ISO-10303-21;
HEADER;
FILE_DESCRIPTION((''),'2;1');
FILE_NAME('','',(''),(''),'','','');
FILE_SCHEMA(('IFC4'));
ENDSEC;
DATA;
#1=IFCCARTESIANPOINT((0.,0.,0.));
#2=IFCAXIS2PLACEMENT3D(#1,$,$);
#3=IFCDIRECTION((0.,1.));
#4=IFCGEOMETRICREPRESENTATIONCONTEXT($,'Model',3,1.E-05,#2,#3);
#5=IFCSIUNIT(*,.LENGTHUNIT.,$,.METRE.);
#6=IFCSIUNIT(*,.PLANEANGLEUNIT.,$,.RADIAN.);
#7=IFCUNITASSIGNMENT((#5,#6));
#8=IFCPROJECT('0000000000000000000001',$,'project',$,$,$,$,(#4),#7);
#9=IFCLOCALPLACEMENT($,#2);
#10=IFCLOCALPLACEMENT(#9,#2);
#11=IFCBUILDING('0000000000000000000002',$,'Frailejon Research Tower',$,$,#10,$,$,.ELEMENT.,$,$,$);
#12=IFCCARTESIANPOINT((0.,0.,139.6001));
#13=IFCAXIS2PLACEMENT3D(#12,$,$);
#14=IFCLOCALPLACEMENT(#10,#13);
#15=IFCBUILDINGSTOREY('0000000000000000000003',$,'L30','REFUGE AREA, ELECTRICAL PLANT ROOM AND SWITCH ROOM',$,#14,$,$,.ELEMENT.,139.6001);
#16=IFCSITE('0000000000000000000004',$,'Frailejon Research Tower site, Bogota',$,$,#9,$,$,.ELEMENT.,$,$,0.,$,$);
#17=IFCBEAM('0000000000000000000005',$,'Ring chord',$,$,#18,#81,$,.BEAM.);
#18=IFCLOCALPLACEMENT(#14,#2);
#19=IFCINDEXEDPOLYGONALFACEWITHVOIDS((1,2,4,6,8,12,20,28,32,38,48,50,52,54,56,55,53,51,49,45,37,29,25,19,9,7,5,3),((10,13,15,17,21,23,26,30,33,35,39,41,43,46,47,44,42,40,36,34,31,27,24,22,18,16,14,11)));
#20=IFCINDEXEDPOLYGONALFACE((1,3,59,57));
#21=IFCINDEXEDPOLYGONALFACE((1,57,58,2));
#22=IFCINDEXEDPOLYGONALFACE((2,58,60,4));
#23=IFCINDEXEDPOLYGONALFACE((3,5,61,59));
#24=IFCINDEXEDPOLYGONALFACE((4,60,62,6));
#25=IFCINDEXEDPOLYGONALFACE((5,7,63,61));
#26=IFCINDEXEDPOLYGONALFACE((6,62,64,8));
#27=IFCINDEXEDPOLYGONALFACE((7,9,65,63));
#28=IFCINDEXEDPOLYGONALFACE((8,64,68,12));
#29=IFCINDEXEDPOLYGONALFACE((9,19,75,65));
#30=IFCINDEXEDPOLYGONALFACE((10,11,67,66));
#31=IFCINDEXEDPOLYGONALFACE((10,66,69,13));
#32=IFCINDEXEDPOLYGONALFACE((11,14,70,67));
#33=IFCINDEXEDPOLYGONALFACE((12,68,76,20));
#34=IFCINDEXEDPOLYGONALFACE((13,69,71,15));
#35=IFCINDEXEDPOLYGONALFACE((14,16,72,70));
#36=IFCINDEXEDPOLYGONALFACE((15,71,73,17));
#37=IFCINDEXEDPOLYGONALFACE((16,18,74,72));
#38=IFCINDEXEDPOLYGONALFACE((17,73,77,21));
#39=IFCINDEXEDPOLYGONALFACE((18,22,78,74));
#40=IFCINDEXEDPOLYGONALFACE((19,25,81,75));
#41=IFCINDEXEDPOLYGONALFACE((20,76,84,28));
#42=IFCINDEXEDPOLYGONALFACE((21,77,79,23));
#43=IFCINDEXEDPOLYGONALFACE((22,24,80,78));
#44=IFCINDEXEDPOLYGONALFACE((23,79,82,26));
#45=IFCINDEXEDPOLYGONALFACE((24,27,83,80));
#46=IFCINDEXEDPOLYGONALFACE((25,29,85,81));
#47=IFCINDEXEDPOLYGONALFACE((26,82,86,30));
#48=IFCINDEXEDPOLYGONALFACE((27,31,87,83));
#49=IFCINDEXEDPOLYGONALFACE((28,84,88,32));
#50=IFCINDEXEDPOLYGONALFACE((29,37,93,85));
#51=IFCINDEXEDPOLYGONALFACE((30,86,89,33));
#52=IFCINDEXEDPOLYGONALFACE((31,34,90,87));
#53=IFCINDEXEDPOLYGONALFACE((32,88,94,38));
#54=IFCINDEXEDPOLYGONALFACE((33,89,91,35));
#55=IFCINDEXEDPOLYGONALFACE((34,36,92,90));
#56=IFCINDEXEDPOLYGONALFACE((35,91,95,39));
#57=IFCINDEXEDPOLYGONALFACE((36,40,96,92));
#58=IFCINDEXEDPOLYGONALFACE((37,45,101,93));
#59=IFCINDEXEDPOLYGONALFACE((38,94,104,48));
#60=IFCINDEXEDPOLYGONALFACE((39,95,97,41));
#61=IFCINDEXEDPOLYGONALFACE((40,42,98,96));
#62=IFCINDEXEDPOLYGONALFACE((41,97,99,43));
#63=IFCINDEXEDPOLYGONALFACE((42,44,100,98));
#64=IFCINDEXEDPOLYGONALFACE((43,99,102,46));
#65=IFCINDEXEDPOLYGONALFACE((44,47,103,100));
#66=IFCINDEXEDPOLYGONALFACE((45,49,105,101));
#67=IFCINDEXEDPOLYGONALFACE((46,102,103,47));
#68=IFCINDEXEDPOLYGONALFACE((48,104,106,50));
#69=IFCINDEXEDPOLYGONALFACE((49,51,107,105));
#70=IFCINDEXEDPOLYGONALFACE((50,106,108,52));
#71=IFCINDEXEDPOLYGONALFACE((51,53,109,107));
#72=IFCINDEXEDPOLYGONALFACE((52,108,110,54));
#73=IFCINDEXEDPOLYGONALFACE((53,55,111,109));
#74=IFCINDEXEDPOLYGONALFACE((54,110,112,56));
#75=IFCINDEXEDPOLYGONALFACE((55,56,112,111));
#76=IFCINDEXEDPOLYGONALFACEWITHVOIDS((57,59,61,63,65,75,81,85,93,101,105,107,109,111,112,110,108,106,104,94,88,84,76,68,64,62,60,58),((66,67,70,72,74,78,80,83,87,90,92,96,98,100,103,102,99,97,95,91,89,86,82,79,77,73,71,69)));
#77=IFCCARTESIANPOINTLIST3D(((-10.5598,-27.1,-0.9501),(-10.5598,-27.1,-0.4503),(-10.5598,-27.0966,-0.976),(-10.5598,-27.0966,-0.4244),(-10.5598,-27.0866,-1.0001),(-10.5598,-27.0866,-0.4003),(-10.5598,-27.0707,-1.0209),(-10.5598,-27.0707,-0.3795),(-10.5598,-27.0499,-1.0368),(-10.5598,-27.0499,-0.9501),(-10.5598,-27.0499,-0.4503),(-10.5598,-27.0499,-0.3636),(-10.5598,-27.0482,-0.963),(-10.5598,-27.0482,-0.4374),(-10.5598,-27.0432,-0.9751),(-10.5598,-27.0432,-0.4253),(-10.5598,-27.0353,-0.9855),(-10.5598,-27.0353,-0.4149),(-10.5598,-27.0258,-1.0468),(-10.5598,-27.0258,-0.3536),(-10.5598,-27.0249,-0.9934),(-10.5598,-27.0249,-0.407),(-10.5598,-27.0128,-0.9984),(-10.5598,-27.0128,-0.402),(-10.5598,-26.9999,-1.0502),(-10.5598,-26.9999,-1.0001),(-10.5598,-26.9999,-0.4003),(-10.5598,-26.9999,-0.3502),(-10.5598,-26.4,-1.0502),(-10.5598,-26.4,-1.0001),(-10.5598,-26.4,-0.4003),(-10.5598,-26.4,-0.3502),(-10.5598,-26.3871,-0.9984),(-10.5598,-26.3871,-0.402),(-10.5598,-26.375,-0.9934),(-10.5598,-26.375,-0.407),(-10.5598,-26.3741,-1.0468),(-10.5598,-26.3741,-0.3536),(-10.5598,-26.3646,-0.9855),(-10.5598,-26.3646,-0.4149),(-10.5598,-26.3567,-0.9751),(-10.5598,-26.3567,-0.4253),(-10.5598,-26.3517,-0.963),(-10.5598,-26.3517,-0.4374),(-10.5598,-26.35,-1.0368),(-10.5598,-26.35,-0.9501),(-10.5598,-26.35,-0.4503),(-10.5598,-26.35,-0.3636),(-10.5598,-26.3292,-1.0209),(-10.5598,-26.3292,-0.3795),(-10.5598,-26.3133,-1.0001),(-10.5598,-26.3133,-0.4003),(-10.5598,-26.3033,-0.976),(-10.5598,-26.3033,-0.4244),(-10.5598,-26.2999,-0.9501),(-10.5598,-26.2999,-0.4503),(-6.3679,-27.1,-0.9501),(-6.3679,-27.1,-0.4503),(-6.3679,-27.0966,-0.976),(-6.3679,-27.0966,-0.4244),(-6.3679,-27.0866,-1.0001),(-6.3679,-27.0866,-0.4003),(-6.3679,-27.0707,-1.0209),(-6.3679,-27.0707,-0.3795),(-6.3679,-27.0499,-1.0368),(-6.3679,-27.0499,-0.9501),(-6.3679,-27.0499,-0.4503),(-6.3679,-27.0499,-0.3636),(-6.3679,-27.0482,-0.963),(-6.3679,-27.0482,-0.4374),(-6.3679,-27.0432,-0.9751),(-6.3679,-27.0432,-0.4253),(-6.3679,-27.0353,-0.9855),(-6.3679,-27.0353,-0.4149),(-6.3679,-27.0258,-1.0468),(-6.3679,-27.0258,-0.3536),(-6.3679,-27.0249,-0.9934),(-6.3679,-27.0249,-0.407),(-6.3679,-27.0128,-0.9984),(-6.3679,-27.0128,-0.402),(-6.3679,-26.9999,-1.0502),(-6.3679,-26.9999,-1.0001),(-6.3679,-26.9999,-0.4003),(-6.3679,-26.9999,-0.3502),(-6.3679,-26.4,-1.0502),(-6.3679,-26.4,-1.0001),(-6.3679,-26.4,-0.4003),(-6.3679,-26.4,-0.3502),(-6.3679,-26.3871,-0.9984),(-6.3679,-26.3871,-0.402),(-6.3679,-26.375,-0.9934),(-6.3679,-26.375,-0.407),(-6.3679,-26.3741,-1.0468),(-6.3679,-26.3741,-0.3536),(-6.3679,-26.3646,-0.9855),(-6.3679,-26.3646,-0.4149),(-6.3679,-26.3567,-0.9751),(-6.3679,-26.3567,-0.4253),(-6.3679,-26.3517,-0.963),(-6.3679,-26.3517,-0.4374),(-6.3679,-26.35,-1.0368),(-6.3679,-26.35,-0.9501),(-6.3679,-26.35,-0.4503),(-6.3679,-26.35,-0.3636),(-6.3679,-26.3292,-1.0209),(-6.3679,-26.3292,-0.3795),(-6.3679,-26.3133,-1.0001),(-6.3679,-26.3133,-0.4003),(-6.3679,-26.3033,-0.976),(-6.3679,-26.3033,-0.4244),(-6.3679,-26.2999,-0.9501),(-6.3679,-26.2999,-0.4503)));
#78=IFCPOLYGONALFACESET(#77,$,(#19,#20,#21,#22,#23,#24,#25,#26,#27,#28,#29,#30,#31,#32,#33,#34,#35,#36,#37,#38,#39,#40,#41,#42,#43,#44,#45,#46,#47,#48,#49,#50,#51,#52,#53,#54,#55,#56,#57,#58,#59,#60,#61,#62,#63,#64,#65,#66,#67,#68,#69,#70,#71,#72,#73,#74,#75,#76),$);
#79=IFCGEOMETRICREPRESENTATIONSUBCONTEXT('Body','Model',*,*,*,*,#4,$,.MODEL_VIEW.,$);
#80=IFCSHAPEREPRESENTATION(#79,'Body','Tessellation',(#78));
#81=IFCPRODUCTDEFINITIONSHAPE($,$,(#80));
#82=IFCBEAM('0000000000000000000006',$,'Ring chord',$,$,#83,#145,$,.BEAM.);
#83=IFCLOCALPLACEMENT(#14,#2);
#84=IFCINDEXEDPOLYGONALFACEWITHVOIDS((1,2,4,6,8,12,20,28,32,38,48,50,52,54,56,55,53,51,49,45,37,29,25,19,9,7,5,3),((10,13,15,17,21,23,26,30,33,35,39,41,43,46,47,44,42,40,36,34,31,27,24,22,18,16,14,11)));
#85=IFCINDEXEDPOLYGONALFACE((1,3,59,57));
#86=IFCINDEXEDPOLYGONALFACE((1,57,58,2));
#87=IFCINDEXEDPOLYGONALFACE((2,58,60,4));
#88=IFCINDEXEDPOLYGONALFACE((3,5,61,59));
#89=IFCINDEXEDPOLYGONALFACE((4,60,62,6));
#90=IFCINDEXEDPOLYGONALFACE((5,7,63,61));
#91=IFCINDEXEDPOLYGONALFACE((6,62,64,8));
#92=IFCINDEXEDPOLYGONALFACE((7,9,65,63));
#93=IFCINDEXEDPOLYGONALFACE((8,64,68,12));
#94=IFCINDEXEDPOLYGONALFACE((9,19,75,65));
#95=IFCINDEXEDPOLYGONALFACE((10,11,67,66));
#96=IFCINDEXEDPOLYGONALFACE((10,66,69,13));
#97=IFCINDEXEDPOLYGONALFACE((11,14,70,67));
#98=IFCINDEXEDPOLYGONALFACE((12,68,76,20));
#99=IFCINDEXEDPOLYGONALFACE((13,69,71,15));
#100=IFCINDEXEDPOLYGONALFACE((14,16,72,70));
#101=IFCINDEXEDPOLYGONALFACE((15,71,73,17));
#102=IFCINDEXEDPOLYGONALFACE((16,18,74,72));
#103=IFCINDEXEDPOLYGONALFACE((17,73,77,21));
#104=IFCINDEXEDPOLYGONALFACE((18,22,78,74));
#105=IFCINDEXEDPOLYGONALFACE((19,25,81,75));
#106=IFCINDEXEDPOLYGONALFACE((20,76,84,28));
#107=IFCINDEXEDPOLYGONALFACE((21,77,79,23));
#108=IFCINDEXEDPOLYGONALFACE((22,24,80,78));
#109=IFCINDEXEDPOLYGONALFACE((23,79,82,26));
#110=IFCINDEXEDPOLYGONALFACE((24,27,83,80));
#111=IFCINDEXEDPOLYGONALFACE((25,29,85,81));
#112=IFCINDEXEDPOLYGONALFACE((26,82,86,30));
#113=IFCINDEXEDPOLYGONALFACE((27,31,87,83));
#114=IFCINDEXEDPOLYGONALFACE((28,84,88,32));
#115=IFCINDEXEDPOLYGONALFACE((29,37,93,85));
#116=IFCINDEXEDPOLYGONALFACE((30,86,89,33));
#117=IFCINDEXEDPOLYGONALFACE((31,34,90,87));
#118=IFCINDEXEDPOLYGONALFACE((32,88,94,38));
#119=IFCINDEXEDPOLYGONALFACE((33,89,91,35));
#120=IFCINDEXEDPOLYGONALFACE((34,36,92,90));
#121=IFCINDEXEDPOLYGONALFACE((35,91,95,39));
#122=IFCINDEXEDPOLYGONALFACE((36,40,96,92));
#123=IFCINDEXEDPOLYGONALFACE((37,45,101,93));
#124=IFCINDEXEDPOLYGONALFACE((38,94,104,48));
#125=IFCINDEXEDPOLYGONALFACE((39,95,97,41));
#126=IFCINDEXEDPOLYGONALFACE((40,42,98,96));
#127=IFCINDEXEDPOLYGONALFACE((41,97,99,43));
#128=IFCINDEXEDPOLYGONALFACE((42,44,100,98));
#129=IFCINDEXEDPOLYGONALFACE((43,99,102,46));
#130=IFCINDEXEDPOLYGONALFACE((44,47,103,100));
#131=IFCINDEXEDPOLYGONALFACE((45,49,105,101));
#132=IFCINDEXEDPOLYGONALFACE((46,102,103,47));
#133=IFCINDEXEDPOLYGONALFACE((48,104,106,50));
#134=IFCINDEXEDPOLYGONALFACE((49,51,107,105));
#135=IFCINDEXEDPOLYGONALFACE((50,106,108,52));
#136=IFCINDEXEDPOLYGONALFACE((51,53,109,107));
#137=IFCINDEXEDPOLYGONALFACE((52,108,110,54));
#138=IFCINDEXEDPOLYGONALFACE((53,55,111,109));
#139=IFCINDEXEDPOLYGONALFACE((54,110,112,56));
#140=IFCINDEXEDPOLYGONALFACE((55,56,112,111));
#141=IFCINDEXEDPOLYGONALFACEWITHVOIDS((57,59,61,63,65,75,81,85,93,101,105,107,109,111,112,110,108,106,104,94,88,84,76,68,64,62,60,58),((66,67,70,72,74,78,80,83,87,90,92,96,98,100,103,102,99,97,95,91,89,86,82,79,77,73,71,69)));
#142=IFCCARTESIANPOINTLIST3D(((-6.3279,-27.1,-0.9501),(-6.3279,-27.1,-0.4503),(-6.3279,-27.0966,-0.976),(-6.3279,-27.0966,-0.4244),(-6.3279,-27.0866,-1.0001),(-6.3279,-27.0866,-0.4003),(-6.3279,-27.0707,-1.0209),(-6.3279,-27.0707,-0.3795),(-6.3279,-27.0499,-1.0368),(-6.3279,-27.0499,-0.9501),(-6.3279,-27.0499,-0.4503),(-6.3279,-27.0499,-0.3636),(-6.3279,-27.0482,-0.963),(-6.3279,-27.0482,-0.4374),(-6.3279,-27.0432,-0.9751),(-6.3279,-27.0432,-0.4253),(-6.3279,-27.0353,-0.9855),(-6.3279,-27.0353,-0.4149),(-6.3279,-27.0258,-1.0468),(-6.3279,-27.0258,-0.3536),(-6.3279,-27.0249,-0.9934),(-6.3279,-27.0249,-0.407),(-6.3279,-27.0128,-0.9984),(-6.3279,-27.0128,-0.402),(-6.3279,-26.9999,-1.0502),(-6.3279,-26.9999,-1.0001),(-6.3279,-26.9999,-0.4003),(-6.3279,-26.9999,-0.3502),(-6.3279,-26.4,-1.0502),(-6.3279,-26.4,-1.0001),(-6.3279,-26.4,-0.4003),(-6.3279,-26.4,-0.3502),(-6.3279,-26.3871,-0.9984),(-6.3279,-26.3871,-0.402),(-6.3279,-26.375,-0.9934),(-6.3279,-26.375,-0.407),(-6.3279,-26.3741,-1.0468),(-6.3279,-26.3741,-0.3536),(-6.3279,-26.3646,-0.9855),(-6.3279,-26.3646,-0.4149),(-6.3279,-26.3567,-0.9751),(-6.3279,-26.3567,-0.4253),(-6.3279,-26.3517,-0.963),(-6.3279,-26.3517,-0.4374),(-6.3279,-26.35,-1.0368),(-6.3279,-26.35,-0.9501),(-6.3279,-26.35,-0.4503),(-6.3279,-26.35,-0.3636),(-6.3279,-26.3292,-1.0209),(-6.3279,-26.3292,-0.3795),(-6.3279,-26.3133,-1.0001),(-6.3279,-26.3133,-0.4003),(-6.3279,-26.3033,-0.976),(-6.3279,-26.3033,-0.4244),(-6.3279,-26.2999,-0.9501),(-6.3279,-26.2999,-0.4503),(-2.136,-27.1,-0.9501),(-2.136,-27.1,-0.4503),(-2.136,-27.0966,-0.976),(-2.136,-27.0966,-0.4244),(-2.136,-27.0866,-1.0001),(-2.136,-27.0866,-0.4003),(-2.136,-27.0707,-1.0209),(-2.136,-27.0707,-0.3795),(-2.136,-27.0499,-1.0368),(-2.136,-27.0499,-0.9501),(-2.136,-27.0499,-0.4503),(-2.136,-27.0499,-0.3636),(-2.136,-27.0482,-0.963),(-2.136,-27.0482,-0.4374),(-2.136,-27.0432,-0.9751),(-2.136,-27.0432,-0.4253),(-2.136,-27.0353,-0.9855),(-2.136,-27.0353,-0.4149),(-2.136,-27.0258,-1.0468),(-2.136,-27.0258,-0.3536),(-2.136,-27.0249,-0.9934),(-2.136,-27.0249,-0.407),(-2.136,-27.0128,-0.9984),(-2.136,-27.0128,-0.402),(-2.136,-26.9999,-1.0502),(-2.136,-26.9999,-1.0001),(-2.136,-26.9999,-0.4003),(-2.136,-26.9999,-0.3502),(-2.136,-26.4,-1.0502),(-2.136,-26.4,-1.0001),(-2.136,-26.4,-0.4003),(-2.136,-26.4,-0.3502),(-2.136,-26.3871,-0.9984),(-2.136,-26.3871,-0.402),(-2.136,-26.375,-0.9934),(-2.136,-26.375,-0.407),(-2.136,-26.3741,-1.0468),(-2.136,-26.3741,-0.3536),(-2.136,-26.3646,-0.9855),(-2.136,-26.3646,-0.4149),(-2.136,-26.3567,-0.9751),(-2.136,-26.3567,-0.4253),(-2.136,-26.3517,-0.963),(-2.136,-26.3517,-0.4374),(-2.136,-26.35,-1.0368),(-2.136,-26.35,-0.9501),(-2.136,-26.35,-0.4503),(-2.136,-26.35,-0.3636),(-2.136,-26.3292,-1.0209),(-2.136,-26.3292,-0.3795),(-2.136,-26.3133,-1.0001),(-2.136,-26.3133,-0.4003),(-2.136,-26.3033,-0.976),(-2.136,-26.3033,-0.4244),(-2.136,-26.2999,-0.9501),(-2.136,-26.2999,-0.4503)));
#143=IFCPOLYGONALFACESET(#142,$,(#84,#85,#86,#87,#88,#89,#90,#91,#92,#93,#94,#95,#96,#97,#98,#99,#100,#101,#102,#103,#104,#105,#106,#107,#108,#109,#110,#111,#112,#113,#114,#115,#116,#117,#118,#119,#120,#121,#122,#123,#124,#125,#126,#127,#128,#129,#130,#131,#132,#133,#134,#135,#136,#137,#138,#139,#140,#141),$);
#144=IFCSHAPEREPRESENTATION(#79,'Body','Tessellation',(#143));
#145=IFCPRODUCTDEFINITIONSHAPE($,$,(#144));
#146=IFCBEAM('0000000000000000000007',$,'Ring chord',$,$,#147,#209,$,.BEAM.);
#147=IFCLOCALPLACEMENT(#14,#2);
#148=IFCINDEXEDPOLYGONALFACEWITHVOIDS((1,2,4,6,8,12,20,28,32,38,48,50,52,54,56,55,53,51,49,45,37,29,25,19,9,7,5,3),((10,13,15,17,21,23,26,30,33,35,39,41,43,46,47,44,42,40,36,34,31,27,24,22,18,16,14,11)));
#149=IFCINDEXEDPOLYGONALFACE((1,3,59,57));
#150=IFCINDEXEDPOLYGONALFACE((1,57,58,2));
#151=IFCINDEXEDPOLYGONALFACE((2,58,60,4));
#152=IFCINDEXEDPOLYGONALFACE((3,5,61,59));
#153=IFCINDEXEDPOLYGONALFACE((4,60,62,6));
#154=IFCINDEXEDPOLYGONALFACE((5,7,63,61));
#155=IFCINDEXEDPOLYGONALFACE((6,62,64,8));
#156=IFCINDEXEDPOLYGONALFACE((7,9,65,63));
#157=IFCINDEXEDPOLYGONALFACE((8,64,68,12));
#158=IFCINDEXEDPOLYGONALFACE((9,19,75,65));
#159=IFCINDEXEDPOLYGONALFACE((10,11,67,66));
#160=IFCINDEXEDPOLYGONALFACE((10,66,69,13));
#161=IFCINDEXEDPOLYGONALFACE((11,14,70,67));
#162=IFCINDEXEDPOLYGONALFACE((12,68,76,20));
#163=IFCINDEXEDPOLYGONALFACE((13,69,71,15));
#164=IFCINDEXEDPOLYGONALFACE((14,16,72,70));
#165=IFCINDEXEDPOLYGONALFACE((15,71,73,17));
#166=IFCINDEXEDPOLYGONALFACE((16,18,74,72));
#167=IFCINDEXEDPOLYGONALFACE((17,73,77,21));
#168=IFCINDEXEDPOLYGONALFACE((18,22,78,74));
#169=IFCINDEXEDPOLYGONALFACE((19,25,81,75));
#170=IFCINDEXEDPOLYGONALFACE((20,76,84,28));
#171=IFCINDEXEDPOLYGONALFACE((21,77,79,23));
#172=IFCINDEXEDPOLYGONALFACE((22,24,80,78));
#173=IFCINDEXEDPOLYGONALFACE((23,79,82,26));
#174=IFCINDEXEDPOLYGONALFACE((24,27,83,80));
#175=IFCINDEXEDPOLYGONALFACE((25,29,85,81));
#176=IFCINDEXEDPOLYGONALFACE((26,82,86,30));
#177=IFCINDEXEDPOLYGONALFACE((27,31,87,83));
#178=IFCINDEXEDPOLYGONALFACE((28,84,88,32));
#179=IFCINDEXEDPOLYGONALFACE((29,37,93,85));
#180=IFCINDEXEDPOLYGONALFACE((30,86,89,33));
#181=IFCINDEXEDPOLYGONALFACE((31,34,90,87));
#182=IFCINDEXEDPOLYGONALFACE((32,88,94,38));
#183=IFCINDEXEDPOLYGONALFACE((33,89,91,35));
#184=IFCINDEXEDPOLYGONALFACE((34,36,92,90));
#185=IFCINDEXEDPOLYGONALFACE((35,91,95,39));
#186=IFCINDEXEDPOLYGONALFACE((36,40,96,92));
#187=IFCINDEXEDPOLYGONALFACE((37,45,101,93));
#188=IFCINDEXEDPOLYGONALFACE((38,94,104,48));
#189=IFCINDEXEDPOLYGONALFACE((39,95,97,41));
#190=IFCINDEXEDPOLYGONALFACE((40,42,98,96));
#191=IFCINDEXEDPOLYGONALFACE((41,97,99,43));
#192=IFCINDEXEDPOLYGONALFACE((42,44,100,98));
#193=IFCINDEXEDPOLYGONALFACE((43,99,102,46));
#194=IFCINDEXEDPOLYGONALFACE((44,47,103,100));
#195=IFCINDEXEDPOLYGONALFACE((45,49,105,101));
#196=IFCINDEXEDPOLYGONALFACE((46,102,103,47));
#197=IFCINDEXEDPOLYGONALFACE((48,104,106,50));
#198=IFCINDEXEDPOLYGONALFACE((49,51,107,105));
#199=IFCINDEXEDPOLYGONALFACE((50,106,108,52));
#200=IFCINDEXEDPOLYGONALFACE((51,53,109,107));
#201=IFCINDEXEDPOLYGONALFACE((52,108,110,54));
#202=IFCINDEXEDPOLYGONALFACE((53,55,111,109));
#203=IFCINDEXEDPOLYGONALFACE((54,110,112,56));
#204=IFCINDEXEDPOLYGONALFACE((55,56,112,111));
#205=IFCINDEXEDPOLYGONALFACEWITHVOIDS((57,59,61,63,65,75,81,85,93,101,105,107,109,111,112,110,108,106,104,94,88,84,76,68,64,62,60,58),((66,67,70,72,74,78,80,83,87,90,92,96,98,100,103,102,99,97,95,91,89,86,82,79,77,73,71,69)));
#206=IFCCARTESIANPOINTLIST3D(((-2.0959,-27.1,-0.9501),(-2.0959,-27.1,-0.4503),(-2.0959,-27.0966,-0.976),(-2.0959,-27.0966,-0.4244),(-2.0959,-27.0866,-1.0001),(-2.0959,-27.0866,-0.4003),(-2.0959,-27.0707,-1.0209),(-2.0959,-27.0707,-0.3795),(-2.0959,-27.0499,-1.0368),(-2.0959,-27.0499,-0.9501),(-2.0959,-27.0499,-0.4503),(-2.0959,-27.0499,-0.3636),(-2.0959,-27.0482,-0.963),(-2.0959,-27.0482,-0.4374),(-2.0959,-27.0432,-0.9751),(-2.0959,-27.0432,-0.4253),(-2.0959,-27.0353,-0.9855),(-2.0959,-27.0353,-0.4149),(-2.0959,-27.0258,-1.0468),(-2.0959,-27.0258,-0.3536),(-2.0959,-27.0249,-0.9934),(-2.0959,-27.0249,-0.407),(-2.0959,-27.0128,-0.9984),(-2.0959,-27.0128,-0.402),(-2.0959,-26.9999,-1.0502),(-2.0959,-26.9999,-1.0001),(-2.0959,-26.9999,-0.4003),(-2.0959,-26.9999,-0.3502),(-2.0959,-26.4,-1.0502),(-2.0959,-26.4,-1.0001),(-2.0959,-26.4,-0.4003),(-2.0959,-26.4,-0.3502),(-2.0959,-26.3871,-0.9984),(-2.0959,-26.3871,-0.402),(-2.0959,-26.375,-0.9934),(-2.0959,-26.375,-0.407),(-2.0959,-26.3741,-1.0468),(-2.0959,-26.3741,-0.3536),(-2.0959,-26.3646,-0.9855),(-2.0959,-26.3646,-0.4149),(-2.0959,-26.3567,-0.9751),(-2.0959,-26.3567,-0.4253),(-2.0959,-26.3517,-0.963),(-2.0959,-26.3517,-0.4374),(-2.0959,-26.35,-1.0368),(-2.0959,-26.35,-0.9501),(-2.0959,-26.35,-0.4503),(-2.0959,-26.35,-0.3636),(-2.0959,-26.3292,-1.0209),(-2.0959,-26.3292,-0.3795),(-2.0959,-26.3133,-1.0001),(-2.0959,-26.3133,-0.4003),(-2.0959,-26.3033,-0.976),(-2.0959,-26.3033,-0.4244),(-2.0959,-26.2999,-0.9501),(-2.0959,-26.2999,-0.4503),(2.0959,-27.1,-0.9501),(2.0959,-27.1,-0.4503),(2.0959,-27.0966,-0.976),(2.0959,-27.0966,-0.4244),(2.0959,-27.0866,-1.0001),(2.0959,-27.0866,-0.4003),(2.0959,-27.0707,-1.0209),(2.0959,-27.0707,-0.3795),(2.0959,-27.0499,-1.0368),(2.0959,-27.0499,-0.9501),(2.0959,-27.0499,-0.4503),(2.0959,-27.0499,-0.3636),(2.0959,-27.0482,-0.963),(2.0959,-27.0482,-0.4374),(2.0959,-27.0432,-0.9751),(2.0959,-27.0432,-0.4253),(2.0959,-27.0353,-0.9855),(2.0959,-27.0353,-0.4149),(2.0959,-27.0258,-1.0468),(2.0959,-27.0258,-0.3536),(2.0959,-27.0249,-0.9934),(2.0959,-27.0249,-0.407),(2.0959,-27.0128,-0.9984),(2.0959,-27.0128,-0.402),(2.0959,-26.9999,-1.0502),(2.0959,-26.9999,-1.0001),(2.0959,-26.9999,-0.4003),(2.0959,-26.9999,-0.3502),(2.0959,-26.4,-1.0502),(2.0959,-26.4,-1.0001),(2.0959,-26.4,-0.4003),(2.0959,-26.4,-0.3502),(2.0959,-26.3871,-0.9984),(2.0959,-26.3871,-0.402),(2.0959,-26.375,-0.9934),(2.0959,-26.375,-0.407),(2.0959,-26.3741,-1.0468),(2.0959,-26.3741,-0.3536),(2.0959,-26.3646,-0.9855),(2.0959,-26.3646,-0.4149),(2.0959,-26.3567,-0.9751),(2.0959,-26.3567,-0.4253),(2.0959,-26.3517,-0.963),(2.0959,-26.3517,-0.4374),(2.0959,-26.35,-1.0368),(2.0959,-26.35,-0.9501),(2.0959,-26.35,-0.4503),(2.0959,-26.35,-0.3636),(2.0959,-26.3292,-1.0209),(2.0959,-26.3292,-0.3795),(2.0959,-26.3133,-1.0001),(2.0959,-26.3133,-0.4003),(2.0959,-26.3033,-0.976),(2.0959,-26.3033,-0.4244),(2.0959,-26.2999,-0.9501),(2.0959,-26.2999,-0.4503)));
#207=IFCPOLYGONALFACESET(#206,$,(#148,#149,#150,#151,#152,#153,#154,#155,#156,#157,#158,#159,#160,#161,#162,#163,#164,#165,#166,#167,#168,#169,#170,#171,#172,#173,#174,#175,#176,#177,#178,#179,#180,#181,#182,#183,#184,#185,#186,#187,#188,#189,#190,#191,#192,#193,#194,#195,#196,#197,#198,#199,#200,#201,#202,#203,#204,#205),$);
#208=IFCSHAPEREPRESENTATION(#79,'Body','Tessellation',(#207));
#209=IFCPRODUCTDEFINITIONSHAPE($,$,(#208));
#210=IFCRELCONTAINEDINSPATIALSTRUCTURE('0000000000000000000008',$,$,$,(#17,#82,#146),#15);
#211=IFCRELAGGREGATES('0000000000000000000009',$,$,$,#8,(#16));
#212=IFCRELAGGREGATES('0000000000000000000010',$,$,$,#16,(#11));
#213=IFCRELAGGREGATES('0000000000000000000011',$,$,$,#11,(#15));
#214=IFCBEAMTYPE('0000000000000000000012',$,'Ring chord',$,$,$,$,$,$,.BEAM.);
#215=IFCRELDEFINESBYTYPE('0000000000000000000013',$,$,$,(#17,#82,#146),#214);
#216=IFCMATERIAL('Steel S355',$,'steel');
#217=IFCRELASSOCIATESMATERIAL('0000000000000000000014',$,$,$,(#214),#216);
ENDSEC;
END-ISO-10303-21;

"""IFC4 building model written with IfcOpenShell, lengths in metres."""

from ifc_helpers import new_model, si_unit, direction, frame, origin, origin_2d, place, context, subcontext, project, spatial, hollow_rectangle, extrude, material, material_profile, profile_set, type_object, element, save


model = new_model("IFC4")

# Units and contexts
model_context = context("Model", 3, precision=1e-05, world=origin(), true_north=direction((0.0, 1.0)))
body_context = subcontext(model_context, "Body", "Model", "MODEL_VIEW")
ifc_project = project(units=[si_unit("LENGTHUNIT", "METRE"), si_unit("PLANEANGLEUNIT", "RADIAN")], contexts=[model_context])

# Site, building, storey
site_placement = place(None, origin())
site = spatial("IfcSite", under=ifc_project, at=site_placement, Name="Frailejon Research Tower site, Bogota", CompositionType="ELEMENT", RefElevation=0.0)
building_placement = place(site_placement, origin())
building = spatial("IfcBuilding", under=site, at=building_placement, Name="Frailejon Research Tower", CompositionType="ELEMENT")
storey_placement = place(building_placement, frame((0.0, 0.0, 139.6001)))
storey = spatial("IfcBuildingStorey", under=building, at=storey_placement, Name="L30", Description="REFUGE AREA, ELECTRICAL PLANT ROOM AND SWITCH ROOM", CompositionType="ELEMENT", Elevation=139.6001)

# Beams
ifc_material_1 = material(Name="Steel S355", Category="steel")
ifc_material_profile_1 = material_profile(ifc_material_1, hollow_rectangle(XDim=0.8, YDim=0.7, WallThickness=0.05, InnerFilletRadius=0.05, OuterFilletRadius=0.1001, at=origin_2d()), Name="Ring chord")
ifc_profile_set_1 = profile_set([ifc_material_profile_1], Name="Steel S355")
beam_type_1 = type_object("IfcBeamType", Name="Ring chord", PredefinedType="BEAM", material=ifc_profile_set_1)
for number, where, z_axis, x_axis, name in (
    (1, (-10.5598, -26.7, -0.7002), (1.0, 0.0, 0.0), (0.0, 1.0, 0.0), "Ring chord"),
    (2, (-6.3279, -26.7, -0.7002), (1.0, 0.0, 0.0), (0.0, 1.0, 0.0), "Ring chord"),
    (3, (-2.0959, -26.7, -0.7002), (1.0, 0.0, 0.0), (0.0, 1.0, 0.0), "Ring chord"),
):
    element("IfcBeam", number, at=place(storey_placement, frame(where, z_axis=z_axis, x_axis=x_axis)), inside=storey, type_object=beam_type_1, Name=name, PredefinedType="BEAM", context=body_context, shape_type="SweptSolid", body=[
        extrude(hollow_rectangle(XDim=0.8, YDim=0.7, WallThickness=0.05, InnerFilletRadius=0.05, OuterFilletRadius=0.1001, at=origin_2d()), origin(), (0.0, 0.0, 1.0), 4.1919),
    ])

save(model, "model.ifc")
